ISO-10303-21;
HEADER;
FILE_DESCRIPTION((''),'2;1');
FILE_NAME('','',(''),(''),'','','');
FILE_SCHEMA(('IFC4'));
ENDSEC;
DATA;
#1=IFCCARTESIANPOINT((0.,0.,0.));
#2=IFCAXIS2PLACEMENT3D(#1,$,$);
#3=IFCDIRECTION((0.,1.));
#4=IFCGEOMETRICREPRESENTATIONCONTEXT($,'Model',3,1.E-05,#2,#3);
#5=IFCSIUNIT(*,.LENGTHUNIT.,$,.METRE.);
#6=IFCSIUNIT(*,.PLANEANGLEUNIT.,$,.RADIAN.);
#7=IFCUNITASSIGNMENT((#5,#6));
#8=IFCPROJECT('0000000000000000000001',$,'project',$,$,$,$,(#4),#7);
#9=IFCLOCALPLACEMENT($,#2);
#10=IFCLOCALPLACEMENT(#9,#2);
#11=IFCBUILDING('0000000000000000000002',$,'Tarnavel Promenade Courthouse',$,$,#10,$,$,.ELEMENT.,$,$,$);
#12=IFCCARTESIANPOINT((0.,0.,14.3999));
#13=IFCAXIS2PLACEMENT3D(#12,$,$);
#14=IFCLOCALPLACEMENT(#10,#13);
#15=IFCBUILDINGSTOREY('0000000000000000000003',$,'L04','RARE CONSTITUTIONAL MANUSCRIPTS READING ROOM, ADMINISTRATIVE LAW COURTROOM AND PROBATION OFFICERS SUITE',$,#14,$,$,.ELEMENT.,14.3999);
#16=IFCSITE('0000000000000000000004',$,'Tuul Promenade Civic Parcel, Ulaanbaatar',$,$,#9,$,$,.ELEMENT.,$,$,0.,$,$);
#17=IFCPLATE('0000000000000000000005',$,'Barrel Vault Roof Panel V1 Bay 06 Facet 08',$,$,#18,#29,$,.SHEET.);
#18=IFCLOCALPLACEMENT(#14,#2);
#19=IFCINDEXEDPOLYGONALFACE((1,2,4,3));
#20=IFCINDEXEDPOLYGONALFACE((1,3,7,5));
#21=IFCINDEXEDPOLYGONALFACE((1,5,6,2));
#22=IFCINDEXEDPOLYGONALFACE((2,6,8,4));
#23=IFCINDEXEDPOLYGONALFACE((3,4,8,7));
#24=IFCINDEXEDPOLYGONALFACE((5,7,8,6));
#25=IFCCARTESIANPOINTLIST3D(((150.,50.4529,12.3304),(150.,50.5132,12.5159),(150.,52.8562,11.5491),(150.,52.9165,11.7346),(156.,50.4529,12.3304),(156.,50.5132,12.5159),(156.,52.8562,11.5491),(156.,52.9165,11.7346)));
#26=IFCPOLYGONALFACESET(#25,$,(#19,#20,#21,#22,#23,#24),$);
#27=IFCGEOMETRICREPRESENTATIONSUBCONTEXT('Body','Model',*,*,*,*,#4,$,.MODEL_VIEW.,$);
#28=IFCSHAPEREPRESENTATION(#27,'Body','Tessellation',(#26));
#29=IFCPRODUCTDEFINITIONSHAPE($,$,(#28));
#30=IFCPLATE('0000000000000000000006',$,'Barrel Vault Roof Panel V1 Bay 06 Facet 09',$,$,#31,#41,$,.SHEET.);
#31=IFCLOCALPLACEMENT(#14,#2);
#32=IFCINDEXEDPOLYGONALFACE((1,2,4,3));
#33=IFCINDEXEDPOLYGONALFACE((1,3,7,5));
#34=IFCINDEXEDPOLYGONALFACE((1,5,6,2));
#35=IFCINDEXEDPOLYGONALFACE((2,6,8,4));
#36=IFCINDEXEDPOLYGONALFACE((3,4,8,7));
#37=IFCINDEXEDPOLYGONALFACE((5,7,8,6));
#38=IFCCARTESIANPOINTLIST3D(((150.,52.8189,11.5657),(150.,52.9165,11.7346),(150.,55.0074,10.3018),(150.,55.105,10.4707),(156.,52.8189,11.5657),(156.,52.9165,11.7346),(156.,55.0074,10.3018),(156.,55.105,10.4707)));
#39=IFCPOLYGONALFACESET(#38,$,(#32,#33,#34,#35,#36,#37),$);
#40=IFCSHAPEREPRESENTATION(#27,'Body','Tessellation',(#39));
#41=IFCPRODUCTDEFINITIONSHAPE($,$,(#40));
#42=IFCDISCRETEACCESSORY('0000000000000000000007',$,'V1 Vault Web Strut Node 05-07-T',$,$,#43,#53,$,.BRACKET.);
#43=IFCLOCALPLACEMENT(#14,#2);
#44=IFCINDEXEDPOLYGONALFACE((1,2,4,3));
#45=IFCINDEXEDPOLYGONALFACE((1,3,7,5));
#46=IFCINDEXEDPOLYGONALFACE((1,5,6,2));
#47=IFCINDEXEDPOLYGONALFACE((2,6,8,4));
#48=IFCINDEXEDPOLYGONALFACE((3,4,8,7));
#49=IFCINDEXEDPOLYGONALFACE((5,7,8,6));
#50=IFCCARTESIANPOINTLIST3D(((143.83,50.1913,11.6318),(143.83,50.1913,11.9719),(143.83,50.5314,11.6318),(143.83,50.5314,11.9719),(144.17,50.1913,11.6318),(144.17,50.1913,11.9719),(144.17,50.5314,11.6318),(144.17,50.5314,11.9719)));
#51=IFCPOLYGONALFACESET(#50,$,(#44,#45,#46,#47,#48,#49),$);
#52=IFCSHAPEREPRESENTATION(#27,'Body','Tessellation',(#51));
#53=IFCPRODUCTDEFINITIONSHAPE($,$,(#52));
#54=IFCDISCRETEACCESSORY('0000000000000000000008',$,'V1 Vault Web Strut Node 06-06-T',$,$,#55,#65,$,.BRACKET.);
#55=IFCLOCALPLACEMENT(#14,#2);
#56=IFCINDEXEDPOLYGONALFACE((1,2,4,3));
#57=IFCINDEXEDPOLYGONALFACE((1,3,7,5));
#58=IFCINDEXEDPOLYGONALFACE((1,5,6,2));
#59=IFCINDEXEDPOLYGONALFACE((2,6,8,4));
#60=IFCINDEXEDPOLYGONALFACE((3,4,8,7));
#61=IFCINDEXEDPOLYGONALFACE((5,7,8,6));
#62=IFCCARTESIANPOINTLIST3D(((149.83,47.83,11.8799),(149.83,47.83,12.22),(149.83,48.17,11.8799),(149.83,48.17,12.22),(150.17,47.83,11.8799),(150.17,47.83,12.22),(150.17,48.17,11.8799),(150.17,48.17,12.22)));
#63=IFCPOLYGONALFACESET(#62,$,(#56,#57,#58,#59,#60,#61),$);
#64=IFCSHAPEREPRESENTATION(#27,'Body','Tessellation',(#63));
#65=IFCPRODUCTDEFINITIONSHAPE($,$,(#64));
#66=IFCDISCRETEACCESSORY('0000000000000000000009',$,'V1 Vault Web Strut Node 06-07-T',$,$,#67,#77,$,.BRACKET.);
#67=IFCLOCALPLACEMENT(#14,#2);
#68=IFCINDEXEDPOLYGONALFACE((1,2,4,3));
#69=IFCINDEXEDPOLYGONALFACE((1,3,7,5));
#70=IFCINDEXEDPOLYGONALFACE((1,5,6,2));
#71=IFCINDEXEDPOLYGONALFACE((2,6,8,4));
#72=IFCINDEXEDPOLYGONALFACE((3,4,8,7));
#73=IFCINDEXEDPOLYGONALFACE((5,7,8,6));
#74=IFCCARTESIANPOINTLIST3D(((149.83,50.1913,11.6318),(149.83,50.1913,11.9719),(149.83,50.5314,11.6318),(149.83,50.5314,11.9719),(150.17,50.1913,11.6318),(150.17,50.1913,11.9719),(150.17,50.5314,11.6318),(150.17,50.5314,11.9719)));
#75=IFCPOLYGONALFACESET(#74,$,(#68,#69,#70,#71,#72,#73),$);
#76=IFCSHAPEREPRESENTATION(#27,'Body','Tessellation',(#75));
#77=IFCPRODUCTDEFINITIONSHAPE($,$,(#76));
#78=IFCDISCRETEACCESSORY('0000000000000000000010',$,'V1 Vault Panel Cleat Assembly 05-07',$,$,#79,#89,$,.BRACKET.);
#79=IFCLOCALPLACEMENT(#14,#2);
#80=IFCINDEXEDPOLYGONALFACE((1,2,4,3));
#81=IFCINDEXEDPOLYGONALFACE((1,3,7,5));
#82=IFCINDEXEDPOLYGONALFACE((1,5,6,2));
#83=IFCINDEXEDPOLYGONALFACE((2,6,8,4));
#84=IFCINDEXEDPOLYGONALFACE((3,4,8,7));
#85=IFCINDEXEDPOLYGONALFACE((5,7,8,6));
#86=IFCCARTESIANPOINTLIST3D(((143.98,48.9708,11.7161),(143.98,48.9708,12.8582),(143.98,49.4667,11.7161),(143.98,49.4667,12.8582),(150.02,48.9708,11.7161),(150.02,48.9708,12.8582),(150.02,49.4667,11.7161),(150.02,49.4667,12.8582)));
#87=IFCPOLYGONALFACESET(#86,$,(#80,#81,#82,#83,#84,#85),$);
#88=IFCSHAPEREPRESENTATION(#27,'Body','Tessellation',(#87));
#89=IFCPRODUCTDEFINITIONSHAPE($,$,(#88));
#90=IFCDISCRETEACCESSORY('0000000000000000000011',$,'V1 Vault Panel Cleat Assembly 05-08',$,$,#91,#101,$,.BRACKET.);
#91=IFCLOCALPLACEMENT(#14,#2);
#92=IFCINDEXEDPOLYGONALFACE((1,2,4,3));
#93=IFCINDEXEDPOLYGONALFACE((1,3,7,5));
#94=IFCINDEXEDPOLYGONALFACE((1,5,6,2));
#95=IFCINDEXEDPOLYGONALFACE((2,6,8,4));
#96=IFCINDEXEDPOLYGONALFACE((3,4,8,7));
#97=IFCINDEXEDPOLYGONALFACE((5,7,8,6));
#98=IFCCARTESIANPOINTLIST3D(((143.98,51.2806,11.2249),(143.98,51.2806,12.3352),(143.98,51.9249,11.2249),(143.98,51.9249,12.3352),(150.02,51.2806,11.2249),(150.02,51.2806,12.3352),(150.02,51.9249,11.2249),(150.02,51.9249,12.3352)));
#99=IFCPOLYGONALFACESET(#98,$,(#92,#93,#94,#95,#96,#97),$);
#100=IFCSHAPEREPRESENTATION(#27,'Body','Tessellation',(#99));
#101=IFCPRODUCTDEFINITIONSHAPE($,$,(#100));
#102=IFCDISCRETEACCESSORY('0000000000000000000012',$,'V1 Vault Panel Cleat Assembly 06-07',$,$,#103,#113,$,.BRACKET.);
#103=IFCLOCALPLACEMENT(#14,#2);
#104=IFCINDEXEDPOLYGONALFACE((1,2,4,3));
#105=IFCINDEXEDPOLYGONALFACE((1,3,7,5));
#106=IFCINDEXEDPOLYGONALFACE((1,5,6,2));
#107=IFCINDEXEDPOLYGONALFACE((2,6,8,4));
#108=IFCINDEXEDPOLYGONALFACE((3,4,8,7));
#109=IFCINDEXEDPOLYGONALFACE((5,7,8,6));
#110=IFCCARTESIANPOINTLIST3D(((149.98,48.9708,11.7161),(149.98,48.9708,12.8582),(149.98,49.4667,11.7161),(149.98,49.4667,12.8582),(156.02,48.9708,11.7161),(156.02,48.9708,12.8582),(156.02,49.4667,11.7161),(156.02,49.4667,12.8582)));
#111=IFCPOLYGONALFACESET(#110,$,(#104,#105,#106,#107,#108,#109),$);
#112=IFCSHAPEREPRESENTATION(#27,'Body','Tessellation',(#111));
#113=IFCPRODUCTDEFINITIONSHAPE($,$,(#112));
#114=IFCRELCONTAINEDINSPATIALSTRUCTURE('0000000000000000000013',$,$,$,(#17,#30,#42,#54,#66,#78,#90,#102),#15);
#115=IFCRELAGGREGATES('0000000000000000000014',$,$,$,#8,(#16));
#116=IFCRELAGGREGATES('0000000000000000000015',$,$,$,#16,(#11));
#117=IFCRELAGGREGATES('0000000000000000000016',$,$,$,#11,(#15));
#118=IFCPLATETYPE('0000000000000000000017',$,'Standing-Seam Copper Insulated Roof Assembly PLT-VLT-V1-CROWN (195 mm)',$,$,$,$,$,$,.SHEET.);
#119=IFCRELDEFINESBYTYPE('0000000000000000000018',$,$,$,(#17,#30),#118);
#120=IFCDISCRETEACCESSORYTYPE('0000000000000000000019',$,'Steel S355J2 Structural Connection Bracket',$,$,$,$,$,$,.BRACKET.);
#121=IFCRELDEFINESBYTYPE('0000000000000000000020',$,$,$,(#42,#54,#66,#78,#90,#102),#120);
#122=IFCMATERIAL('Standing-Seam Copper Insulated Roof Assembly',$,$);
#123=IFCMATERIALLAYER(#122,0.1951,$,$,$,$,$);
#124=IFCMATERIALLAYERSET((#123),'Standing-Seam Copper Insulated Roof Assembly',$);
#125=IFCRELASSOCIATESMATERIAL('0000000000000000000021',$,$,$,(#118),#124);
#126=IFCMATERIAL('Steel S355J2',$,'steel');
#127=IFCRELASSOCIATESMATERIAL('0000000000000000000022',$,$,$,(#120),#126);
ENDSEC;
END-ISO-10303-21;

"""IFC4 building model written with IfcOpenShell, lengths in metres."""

from ifc_helpers import new_model, si_unit, direction, frame, origin, origin_2d, place, context, subcontext, project, spatial, polyline, rectangle, outline, extrude, material, layer, layer_set, type_object, element, save


model = new_model("IFC4")

# Units and contexts
model_context = context("Model", 3, precision=1e-05, world=origin(), true_north=direction((0.0, 1.0)))
body_context = subcontext(model_context, "Body", "Model", "MODEL_VIEW")
ifc_project = project(units=[si_unit("LENGTHUNIT", "METRE"), si_unit("PLANEANGLEUNIT", "RADIAN")], contexts=[model_context])

# Site, building, storey
site_placement = place(None, origin())
site = spatial("IfcSite", under=ifc_project, at=site_placement, Name="Tuul Promenade Civic Parcel, Ulaanbaatar", CompositionType="ELEMENT", RefElevation=0.0)
building_placement = place(site_placement, origin())
building = spatial("IfcBuilding", under=site, at=building_placement, Name="Tarnavel Promenade Courthouse", CompositionType="ELEMENT")
storey_placement = place(building_placement, frame((0.0, 0.0, 14.3999)))
storey = spatial("IfcBuildingStorey", under=building, at=storey_placement, Name="L04", Description="RARE CONSTITUTIONAL MANUSCRIPTS READING ROOM, ADMINISTRATIVE LAW COURTROOM AND PROBATION OFFICERS SUITE", CompositionType="ELEMENT", Elevation=14.3999)

# Shared definitions
ifc_material_1 = material(Name="Steel S355J2", Category="steel")

# Plates
ifc_material_2 = material(Name="Standing-Seam Copper Insulated Roof Assembly")
ifc_layer = layer(ifc_material_2, 0.1951)
ifc_layer_set = layer_set([ifc_layer], Name="Standing-Seam Copper Insulated Roof Assembly")
plate_type = type_object("IfcPlateType", Name="Standing-Seam Copper Insulated Roof Assembly PLT-VLT-V1-CROWN (195 mm)", PredefinedType="SHEET", material=ifc_layer_set)
plate_1_placement = place(storey_placement, frame((150.0, 50.5132, 12.5159), z_axis=(0.0, 0.309147, 0.951014), x_axis=(1.0, 0.0, 0.0)))
element("IfcPlate", 1, at=plate_1_placement, inside=storey, type_object=plate_type, Name="Barrel Vault Roof Panel V1 Bay 06 Facet 08", PredefinedType="SHEET", context=body_context, shape_type="SweptSolid", body=[
    extrude(outline(polyline([(0.0, 0.0), (6.0, 0.0), (6.0, 2.5271), (0.0, 2.5271), (0.0, 0.0)])), origin(), (0.0, 0.0, -1.0), 0.1951),
])
plate_2_placement = place(storey_placement, frame((150.0, 52.9165, 11.7346), z_axis=(0.0, 0.500118, 0.865957), x_axis=(1.0, 0.0, 0.0)))
element("IfcPlate", 2, at=plate_2_placement, inside=storey, type_object=plate_type, Name="Barrel Vault Roof Panel V1 Bay 06 Facet 09", PredefinedType="SHEET", context=body_context, shape_type="SweptSolid", body=[
    extrude(outline(polyline([(0.0, 0.0), (6.0, 0.0), (6.0, 2.5272), (0.0, 2.5272), (0.0, 0.0)])), origin(), (0.0, 0.0, -1.0), 0.1951),
])

# Discrete accessories
discrete_accessory_type = type_object("IfcDiscreteAccessoryType", Name="Steel S355J2 Structural Connection Bracket", PredefinedType="BRACKET", material=ifc_material_1)
for number, where, z_axis, x_axis, name in (
    (3, (144.0, 50.3613, 11.6318), (0.0, 0.0, 1.0), (1.0, 0.0, 0.0), "V1 Vault Web Strut Node 05-07-T"),
    (4, (150.0, 48.0, 11.8799), (0.0, 0.0, 1.0), (1.0, 0.0, 0.0), "V1 Vault Web Strut Node 06-06-T"),
    (5, (150.0, 50.3613, 11.6318), (0.0, 0.0, 1.0), (1.0, 0.0, 0.0), "V1 Vault Web Strut Node 06-07-T"),
):
    element("IfcDiscreteAccessory", number, at=place(storey_placement, frame(where, z_axis=z_axis, x_axis=x_axis)), inside=storey, type_object=discrete_accessory_type, Name=name, PredefinedType="BRACKET", context=body_context, shape_type="SweptSolid", body=[
        extrude(rectangle(XDim=0.3401, YDim=0.3401, at=origin_2d()), origin(), (0.0, 0.0, 1.0), 0.3401),
    ])
discrete_accessory_1_placement = place(storey_placement, frame((147.0, 49.2188, 11.7161), z_axis=(0.0, 0.0, 1.0), x_axis=(1.0, 0.0, 0.0)))
element("IfcDiscreteAccessory", 6, at=discrete_accessory_1_placement, inside=storey, type_object=discrete_accessory_type, Name="V1 Vault Panel Cleat Assembly 05-07", PredefinedType="BRACKET", context=body_context, shape_type="SweptSolid", body=[
    extrude(rectangle(XDim=6.04, YDim=0.4958, at=origin_2d()), origin(), (0.0, 0.0, 1.0), 1.1421),
])
discrete_accessory_2_placement = place(storey_placement, frame((147.0, 51.6028, 11.2249), z_axis=(0.0, 0.0, 1.0), x_axis=(1.0, 0.0, 0.0)))
element("IfcDiscreteAccessory", 7, at=discrete_accessory_2_placement, inside=storey, type_object=discrete_accessory_type, Name="V1 Vault Panel Cleat Assembly 05-08", PredefinedType="BRACKET", context=body_context, shape_type="SweptSolid", body=[
    extrude(rectangle(XDim=6.04, YDim=0.6443, at=origin_2d()), origin(), (0.0, 0.0, 1.0), 1.1104),
])
discrete_accessory_3_placement = place(storey_placement, frame((153.0, 49.2188, 11.7161), z_axis=(0.0, 0.0, 1.0), x_axis=(1.0, 0.0, 0.0)))
element("IfcDiscreteAccessory", 8, at=discrete_accessory_3_placement, inside=storey, type_object=discrete_accessory_type, Name="V1 Vault Panel Cleat Assembly 06-07", PredefinedType="BRACKET", context=body_context, shape_type="SweptSolid", body=[
    extrude(rectangle(XDim=6.04, YDim=0.4958, at=origin_2d()), origin(), (0.0, 0.0, 1.0), 1.1421),
])

save(model, "model.ifc")
